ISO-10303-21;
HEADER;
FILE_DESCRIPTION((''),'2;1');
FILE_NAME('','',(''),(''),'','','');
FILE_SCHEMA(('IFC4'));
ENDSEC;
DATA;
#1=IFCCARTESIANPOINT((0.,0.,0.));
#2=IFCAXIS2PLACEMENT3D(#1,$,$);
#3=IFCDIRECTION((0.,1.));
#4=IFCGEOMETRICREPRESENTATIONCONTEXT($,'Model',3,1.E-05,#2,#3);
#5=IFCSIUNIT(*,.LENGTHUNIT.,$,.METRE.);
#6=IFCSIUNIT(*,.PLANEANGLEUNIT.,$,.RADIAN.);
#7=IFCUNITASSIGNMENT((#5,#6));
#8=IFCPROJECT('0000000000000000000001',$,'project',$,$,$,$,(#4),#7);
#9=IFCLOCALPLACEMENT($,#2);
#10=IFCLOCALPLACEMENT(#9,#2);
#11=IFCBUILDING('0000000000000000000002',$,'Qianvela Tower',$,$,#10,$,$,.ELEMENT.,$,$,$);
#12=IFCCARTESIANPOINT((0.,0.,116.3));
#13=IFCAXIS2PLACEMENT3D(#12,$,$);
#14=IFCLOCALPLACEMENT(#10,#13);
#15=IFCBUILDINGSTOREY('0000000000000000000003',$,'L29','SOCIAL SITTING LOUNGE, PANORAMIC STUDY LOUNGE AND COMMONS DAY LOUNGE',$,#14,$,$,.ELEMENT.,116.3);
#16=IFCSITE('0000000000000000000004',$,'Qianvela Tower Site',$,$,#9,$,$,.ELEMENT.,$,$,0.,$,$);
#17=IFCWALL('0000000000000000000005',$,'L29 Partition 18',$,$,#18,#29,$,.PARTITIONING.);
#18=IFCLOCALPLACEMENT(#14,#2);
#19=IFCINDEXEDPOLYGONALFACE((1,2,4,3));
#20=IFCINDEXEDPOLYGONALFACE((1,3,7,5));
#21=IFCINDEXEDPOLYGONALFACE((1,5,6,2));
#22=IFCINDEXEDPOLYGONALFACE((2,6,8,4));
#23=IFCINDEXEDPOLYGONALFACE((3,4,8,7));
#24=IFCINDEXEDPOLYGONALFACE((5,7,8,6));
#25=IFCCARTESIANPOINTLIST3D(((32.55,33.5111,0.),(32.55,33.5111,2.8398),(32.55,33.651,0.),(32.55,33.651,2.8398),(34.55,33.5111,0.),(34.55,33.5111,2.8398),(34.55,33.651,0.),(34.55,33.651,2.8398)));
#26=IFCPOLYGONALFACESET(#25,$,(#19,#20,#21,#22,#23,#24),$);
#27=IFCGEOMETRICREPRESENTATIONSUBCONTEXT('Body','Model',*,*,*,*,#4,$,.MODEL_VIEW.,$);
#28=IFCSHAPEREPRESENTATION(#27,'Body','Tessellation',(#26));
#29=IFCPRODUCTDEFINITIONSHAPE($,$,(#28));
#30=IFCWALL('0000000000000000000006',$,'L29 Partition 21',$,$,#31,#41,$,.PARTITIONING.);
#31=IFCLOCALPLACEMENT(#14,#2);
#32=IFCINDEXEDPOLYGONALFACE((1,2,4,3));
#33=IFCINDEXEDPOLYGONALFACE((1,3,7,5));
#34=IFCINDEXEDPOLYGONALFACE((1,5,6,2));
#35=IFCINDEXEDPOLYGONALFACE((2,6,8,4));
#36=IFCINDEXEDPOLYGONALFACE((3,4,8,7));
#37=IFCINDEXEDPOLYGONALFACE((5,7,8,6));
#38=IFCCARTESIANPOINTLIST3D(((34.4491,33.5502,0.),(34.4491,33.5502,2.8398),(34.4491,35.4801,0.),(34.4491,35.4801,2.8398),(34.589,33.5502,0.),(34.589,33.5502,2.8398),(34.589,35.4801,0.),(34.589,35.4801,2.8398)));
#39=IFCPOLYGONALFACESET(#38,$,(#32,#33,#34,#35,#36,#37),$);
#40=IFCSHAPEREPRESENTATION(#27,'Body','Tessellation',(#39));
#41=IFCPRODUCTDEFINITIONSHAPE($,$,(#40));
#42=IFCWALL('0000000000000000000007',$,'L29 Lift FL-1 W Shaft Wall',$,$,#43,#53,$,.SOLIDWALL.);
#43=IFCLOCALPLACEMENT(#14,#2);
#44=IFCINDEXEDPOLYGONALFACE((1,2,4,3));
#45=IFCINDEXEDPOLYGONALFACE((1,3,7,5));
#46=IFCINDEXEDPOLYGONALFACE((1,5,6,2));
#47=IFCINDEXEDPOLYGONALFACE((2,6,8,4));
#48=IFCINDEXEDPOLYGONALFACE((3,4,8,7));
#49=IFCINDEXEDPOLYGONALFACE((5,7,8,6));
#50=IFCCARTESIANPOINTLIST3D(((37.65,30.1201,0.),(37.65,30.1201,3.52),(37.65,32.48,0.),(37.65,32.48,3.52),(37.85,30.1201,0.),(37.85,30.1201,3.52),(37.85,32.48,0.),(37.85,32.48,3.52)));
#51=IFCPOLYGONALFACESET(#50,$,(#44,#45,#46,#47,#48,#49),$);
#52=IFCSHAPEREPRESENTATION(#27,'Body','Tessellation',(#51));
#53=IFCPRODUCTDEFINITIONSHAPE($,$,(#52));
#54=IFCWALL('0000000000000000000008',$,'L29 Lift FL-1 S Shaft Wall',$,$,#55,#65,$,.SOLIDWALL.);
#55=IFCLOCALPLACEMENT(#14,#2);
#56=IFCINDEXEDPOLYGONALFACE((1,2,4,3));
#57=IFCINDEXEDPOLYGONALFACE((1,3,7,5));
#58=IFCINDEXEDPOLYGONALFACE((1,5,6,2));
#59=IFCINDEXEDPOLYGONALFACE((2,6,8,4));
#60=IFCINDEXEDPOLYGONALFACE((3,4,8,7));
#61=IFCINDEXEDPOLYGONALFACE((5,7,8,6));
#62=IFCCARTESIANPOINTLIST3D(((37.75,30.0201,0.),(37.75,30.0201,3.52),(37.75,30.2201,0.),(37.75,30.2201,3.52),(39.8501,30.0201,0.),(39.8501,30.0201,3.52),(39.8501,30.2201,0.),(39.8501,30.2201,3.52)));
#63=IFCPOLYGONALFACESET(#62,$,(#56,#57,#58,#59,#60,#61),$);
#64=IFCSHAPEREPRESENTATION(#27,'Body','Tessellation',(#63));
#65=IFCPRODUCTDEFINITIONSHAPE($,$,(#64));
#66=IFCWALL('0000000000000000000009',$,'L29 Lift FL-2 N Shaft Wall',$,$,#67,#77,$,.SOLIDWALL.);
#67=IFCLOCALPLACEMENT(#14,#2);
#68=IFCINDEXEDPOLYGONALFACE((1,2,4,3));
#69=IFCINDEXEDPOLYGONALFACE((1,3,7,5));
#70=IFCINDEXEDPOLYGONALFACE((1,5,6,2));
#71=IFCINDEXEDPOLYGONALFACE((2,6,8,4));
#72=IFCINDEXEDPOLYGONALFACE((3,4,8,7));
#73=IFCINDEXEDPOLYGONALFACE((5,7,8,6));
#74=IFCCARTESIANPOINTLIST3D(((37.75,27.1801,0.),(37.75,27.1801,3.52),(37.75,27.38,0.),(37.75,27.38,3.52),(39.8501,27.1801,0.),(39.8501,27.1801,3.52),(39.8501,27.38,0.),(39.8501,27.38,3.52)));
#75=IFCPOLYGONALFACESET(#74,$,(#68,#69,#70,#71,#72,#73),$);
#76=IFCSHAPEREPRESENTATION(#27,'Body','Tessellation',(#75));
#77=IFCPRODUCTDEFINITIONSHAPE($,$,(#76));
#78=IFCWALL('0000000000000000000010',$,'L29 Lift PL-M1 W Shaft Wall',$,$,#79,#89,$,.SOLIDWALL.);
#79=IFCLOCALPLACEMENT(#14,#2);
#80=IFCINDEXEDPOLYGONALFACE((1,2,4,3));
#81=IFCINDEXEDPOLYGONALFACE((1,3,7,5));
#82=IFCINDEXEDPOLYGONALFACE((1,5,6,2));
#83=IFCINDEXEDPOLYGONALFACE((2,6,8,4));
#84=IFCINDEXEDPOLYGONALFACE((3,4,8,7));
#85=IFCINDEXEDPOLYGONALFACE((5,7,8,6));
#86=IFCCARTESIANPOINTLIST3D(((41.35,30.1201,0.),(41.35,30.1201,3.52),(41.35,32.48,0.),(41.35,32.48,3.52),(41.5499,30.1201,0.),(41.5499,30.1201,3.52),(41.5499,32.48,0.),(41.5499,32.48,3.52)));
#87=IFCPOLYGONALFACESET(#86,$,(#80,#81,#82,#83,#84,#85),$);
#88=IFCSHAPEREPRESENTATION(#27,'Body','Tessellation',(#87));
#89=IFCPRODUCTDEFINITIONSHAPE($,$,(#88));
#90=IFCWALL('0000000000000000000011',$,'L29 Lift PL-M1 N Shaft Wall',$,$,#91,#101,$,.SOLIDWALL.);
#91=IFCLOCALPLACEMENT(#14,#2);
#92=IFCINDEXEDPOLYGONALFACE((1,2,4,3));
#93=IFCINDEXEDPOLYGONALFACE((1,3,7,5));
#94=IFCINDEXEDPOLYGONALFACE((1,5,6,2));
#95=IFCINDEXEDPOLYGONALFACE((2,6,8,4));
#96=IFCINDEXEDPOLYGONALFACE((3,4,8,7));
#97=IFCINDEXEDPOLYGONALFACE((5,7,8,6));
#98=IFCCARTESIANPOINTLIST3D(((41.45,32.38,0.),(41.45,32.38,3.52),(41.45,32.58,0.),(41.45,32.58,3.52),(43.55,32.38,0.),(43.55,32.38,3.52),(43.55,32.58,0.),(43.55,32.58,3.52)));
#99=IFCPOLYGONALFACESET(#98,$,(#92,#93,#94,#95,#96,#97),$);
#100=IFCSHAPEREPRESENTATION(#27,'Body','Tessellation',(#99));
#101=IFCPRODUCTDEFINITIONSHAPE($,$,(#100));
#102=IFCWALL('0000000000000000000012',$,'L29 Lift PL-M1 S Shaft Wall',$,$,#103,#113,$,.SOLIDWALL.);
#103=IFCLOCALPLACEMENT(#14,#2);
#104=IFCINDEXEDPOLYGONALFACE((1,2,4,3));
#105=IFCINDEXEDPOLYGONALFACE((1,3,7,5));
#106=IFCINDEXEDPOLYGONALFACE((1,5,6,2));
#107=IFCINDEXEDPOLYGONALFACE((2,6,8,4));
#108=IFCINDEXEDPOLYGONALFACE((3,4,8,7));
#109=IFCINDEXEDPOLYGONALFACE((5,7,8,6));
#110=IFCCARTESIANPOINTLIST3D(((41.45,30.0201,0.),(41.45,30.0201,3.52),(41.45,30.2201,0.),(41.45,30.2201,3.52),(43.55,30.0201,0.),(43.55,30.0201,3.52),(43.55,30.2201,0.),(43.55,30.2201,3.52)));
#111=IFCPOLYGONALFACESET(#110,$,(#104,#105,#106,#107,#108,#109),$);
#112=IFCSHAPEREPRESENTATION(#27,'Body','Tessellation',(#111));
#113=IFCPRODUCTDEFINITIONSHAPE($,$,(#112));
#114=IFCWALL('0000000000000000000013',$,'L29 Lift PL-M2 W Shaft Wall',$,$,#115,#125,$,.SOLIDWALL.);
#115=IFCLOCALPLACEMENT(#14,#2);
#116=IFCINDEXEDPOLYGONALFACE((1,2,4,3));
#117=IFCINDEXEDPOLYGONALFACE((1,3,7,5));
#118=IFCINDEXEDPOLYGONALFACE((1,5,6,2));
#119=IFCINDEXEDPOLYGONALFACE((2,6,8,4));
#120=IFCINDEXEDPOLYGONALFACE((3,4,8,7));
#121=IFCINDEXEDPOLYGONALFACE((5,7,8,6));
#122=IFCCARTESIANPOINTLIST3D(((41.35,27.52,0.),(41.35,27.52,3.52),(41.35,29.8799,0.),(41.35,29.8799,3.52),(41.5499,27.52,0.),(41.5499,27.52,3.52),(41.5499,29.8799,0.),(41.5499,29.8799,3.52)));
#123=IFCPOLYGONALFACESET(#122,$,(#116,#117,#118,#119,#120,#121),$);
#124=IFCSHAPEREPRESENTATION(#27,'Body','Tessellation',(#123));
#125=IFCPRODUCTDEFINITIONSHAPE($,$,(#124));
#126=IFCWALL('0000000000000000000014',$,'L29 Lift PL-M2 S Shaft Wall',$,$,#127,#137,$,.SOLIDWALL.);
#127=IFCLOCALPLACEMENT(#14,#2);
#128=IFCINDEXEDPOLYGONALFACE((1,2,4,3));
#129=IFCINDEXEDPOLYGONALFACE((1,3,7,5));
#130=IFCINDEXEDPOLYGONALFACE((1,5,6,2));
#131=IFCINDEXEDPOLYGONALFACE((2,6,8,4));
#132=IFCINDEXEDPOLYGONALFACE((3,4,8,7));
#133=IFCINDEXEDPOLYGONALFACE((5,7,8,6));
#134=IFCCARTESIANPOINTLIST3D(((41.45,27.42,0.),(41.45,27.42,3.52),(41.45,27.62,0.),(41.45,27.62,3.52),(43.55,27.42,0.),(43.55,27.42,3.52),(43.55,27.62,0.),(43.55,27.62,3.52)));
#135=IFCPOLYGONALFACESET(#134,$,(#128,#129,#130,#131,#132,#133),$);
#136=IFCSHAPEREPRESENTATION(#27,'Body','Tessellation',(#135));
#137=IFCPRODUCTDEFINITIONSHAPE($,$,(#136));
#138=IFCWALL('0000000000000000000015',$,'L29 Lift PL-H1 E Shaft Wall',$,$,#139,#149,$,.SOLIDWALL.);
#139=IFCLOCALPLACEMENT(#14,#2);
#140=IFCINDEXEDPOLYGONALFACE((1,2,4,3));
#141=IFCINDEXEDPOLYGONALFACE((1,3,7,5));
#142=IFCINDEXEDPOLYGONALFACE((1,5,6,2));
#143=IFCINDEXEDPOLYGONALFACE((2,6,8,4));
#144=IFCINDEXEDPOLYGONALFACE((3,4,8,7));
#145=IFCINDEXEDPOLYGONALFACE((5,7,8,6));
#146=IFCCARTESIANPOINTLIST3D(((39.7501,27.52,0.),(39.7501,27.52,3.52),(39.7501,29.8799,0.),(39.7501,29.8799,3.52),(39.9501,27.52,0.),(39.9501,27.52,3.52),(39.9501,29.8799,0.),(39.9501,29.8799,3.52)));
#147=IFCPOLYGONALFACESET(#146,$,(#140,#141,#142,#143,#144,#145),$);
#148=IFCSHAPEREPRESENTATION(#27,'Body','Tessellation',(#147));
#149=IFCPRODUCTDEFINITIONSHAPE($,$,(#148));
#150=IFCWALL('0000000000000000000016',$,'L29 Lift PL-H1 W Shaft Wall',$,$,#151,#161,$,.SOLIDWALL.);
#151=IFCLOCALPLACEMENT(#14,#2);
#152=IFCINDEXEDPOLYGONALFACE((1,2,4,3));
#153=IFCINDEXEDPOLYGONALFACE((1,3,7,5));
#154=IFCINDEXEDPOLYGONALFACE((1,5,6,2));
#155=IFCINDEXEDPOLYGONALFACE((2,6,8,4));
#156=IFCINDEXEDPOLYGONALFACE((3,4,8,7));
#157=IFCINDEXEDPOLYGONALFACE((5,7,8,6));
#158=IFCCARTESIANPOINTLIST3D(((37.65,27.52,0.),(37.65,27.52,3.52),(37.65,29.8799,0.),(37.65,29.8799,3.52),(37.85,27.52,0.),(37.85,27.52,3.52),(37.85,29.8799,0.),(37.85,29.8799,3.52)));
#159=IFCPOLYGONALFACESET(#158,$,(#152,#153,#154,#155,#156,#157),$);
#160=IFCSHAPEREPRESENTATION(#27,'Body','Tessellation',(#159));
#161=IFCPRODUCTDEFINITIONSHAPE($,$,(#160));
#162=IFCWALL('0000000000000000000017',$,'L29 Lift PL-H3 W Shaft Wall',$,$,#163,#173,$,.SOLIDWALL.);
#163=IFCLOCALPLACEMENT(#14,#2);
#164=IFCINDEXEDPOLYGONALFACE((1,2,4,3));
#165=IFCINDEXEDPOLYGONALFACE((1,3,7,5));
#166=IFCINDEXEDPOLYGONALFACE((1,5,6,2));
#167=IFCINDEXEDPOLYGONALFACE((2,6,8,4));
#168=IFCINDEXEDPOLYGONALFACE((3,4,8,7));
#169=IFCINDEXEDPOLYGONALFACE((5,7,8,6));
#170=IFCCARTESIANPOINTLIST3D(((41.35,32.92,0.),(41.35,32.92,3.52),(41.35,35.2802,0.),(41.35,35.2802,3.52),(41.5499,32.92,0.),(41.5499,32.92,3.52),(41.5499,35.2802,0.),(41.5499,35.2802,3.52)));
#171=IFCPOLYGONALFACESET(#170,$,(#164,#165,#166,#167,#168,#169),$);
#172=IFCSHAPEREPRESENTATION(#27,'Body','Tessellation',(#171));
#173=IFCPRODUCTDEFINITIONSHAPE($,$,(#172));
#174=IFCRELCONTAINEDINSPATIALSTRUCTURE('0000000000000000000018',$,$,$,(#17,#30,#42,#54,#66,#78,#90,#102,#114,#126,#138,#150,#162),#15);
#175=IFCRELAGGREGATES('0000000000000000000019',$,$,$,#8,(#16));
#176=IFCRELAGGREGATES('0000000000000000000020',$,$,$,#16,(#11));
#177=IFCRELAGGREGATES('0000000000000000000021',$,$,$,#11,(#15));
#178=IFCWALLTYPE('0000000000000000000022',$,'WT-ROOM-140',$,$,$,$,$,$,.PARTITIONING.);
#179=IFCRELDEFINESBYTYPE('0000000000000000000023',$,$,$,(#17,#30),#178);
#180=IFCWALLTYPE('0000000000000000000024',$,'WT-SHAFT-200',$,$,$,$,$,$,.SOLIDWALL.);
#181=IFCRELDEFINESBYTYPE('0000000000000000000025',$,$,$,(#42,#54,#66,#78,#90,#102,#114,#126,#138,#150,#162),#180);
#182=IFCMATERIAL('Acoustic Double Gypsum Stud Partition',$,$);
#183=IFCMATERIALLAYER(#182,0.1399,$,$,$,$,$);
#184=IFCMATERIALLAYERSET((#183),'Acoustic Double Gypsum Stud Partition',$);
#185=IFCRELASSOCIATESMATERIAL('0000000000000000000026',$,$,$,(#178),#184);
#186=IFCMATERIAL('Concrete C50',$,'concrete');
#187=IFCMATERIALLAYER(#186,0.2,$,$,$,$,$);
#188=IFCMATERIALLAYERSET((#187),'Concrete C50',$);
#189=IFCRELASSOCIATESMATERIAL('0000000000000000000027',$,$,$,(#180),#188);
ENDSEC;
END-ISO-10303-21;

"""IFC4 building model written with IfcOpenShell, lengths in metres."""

from ifc_helpers import new_model, si_unit, direction, frame, frame_2d, origin, place, context, subcontext, project, spatial, rectangle, extrude, material, layer, layer_set, type_object, element, save


model = new_model("IFC4")

# Units and contexts
model_context = context("Model", 3, precision=1e-05, world=origin(), true_north=direction((0.0, 1.0)))
body_context = subcontext(model_context, "Body", "Model", "MODEL_VIEW")
ifc_project = project(units=[si_unit("LENGTHUNIT", "METRE"), si_unit("PLANEANGLEUNIT", "RADIAN")], contexts=[model_context])

# Site, building, storey
site_placement = place(None, origin())
site = spatial("IfcSite", under=ifc_project, at=site_placement, Name="Qianvela Tower Site", CompositionType="ELEMENT", RefElevation=0.0)
building_placement = place(site_placement, origin())
building = spatial("IfcBuilding", under=site, at=building_placement, Name="Qianvela Tower", CompositionType="ELEMENT")
storey_placement = place(building_placement, frame((0.0, 0.0, 116.3)))
storey = spatial("IfcBuildingStorey", under=building, at=storey_placement, Name="L29", Description="SOCIAL SITTING LOUNGE, PANORAMIC STUDY LOUNGE AND COMMONS DAY LOUNGE", CompositionType="ELEMENT", Elevation=116.3)

# Walls
ifc_material_1 = material(Name="Acoustic Double Gypsum Stud Partition")
ifc_layer_1 = layer(ifc_material_1, 0.1399)
ifc_layer_set_1 = layer_set([ifc_layer_1], Name="Acoustic Double Gypsum Stud Partition")
wall_type_1 = type_object("IfcWallType", Name="WT-ROOM-140", PredefinedType="PARTITIONING", material=ifc_layer_set_1)
wall_1_placement = place(storey_placement, frame((34.55, 33.5811, 0.0), z_axis=(0.0, 0.0, 1.0), x_axis=(-1.0, 0.0, 0.0)))
element("IfcWall", 1, at=wall_1_placement, inside=storey, type_object=wall_type_1, Name="L29 Partition 18", PredefinedType="PARTITIONING", context=body_context, shape_type="SweptSolid", body=[
    extrude(rectangle(XDim=2.0, YDim=0.1399, at=frame_2d((1.0, 0.0))), origin(), (0.0, 0.0, 1.0), 2.8398),
])
wall_2_placement = place(storey_placement, frame((34.519, 35.48, 0.0), z_axis=(0.0, 0.0, 1.0), x_axis=(0.0, -1.0, 0.0)))
element("IfcWall", 2, at=wall_2_placement, inside=storey, type_object=wall_type_1, Name="L29 Partition 21", PredefinedType="PARTITIONING", context=body_context, shape_type="SweptSolid", body=[
    extrude(rectangle(XDim=1.9299, YDim=0.1399, at=frame_2d((0.9648, 0.0))), origin(), (0.0, 0.0, 1.0), 2.8398),
])

# Shared definitions
ifc_material_2 = material(Name="Concrete C50", Category="concrete")
ifc_layer_2 = layer(ifc_material_2, 0.2)
ifc_layer_set_2 = layer_set([ifc_layer_2], Name="Concrete C50")
wall_type_2 = type_object("IfcWallType", Name="WT-SHAFT-200", PredefinedType="SOLIDWALL", material=ifc_layer_set_2)

# Walls
wall_3_placement = place(storey_placement, frame((37.75, 30.1201, 0.0), z_axis=(0.0, 0.0, 1.0), x_axis=(0.0, 1.0, 0.0)))
element("IfcWall", 3, at=wall_3_placement, inside=storey, type_object=wall_type_2, Name="L29 Lift FL-1 W Shaft Wall", PredefinedType="SOLIDWALL", context=body_context, shape_type="SweptSolid", body=[
    extrude(rectangle(XDim=2.3599, YDim=0.2, at=frame_2d((1.1799, 0.0))), origin(), (0.0, 0.0, 1.0), 3.52),
])
for number, where, z_axis, x_axis, name in (
    (4, (37.75, 30.1201, 0.0), (0.0, 0.0, 1.0), (1.0, 0.0, 0.0), "L29 Lift FL-1 S Shaft Wall"),
    (5, (37.75, 27.28, 0.0), (0.0, 0.0, 1.0), (1.0, 0.0, 0.0), "L29 Lift FL-2 N Shaft Wall"),
):
    element("IfcWall", number, at=place(storey_placement, frame(where, z_axis=z_axis, x_axis=x_axis)), inside=storey, type_object=wall_type_2, Name=name, PredefinedType="SOLIDWALL", context=body_context, shape_type="SweptSolid", body=[
        extrude(rectangle(XDim=2.1001, YDim=0.2, at=frame_2d((1.05, 0.0))), origin(), (0.0, 0.0, 1.0), 3.52),
    ])
wall_4_placement = place(storey_placement, frame((41.45, 30.1201, 0.0), z_axis=(0.0, 0.0, 1.0), x_axis=(0.0, 1.0, 0.0)))
element("IfcWall", 6, at=wall_4_placement, inside=storey, type_object=wall_type_2, Name="L29 Lift PL-M1 W Shaft Wall", PredefinedType="SOLIDWALL", context=body_context, shape_type="SweptSolid", body=[
    extrude(rectangle(XDim=2.3599, YDim=0.2, at=frame_2d((1.1799, 0.0))), origin(), (0.0, 0.0, 1.0), 3.52),
])
for number, where, z_axis, x_axis, name in (
    (7, (41.45, 32.48, 0.0), (0.0, 0.0, 1.0), (1.0, 0.0, 0.0), "L29 Lift PL-M1 N Shaft Wall"),
    (8, (41.45, 30.1201, 0.0), (0.0, 0.0, 1.0), (1.0, 0.0, 0.0), "L29 Lift PL-M1 S Shaft Wall"),
):
    element("IfcWall", number, at=place(storey_placement, frame(where, z_axis=z_axis, x_axis=x_axis)), inside=storey, type_object=wall_type_2, Name=name, PredefinedType="SOLIDWALL", context=body_context, shape_type="SweptSolid", body=[
        extrude(rectangle(XDim=2.1001, YDim=0.2, at=frame_2d((1.05, 0.0))), origin(), (0.0, 0.0, 1.0), 3.52),
    ])
wall_5_placement = place(storey_placement, frame((41.45, 27.52, 0.0), z_axis=(0.0, 0.0, 1.0), x_axis=(0.0, 1.0, 0.0)))
element("IfcWall", 9, at=wall_5_placement, inside=storey, type_object=wall_type_2, Name="L29 Lift PL-M2 W Shaft Wall", PredefinedType="SOLIDWALL", context=body_context, shape_type="SweptSolid", body=[
    extrude(rectangle(XDim=2.3599, YDim=0.2, at=frame_2d((1.1799, 0.0))), origin(), (0.0, 0.0, 1.0), 3.52),
])
wall_6_placement = place(storey_placement, frame((41.45, 27.52, 0.0), z_axis=(0.0, 0.0, 1.0), x_axis=(1.0, 0.0, 0.0)))
element("IfcWall", 10, at=wall_6_placement, inside=storey, type_object=wall_type_2, Name="L29 Lift PL-M2 S Shaft Wall", PredefinedType="SOLIDWALL", context=body_context, shape_type="SweptSolid", body=[
    extrude(rectangle(XDim=2.1001, YDim=0.2, at=frame_2d((1.05, 0.0))), origin(), (0.0, 0.0, 1.0), 3.52),
])
for number, where, z_axis, x_axis, name in (
    (11, (39.8501, 27.52, 0.0), (0.0, 0.0, 1.0), (0.0, 1.0, 0.0), "L29 Lift PL-H1 E Shaft Wall"),
    (12, (37.75, 27.52, 0.0), (0.0, 0.0, 1.0), (0.0, 1.0, 0.0), "L29 Lift PL-H1 W Shaft Wall"),
):
    element("IfcWall", number, at=place(storey_placement, frame(where, z_axis=z_axis, x_axis=x_axis)), inside=storey, type_object=wall_type_2, Name=name, PredefinedType="SOLIDWALL", context=body_context, shape_type="SweptSolid", body=[
        extrude(rectangle(XDim=2.3599, YDim=0.2, at=frame_2d((1.1799, 0.0))), origin(), (0.0, 0.0, 1.0), 3.52),
    ])
wall_7_placement = place(storey_placement, frame((41.45, 32.9199, 0.0), z_axis=(0.0, 0.0, 1.0), x_axis=(0.0, 1.0, 0.0)))
element("IfcWall", 13, at=wall_7_placement, inside=storey, type_object=wall_type_2, Name="L29 Lift PL-H3 W Shaft Wall", PredefinedType="SOLIDWALL", context=body_context, shape_type="SweptSolid", body=[
    extrude(rectangle(XDim=2.3601, YDim=0.2, at=frame_2d((1.1802, 0.0))), origin(), (0.0, 0.0, 1.0), 3.52),
])

save(model, "model.ifc")
